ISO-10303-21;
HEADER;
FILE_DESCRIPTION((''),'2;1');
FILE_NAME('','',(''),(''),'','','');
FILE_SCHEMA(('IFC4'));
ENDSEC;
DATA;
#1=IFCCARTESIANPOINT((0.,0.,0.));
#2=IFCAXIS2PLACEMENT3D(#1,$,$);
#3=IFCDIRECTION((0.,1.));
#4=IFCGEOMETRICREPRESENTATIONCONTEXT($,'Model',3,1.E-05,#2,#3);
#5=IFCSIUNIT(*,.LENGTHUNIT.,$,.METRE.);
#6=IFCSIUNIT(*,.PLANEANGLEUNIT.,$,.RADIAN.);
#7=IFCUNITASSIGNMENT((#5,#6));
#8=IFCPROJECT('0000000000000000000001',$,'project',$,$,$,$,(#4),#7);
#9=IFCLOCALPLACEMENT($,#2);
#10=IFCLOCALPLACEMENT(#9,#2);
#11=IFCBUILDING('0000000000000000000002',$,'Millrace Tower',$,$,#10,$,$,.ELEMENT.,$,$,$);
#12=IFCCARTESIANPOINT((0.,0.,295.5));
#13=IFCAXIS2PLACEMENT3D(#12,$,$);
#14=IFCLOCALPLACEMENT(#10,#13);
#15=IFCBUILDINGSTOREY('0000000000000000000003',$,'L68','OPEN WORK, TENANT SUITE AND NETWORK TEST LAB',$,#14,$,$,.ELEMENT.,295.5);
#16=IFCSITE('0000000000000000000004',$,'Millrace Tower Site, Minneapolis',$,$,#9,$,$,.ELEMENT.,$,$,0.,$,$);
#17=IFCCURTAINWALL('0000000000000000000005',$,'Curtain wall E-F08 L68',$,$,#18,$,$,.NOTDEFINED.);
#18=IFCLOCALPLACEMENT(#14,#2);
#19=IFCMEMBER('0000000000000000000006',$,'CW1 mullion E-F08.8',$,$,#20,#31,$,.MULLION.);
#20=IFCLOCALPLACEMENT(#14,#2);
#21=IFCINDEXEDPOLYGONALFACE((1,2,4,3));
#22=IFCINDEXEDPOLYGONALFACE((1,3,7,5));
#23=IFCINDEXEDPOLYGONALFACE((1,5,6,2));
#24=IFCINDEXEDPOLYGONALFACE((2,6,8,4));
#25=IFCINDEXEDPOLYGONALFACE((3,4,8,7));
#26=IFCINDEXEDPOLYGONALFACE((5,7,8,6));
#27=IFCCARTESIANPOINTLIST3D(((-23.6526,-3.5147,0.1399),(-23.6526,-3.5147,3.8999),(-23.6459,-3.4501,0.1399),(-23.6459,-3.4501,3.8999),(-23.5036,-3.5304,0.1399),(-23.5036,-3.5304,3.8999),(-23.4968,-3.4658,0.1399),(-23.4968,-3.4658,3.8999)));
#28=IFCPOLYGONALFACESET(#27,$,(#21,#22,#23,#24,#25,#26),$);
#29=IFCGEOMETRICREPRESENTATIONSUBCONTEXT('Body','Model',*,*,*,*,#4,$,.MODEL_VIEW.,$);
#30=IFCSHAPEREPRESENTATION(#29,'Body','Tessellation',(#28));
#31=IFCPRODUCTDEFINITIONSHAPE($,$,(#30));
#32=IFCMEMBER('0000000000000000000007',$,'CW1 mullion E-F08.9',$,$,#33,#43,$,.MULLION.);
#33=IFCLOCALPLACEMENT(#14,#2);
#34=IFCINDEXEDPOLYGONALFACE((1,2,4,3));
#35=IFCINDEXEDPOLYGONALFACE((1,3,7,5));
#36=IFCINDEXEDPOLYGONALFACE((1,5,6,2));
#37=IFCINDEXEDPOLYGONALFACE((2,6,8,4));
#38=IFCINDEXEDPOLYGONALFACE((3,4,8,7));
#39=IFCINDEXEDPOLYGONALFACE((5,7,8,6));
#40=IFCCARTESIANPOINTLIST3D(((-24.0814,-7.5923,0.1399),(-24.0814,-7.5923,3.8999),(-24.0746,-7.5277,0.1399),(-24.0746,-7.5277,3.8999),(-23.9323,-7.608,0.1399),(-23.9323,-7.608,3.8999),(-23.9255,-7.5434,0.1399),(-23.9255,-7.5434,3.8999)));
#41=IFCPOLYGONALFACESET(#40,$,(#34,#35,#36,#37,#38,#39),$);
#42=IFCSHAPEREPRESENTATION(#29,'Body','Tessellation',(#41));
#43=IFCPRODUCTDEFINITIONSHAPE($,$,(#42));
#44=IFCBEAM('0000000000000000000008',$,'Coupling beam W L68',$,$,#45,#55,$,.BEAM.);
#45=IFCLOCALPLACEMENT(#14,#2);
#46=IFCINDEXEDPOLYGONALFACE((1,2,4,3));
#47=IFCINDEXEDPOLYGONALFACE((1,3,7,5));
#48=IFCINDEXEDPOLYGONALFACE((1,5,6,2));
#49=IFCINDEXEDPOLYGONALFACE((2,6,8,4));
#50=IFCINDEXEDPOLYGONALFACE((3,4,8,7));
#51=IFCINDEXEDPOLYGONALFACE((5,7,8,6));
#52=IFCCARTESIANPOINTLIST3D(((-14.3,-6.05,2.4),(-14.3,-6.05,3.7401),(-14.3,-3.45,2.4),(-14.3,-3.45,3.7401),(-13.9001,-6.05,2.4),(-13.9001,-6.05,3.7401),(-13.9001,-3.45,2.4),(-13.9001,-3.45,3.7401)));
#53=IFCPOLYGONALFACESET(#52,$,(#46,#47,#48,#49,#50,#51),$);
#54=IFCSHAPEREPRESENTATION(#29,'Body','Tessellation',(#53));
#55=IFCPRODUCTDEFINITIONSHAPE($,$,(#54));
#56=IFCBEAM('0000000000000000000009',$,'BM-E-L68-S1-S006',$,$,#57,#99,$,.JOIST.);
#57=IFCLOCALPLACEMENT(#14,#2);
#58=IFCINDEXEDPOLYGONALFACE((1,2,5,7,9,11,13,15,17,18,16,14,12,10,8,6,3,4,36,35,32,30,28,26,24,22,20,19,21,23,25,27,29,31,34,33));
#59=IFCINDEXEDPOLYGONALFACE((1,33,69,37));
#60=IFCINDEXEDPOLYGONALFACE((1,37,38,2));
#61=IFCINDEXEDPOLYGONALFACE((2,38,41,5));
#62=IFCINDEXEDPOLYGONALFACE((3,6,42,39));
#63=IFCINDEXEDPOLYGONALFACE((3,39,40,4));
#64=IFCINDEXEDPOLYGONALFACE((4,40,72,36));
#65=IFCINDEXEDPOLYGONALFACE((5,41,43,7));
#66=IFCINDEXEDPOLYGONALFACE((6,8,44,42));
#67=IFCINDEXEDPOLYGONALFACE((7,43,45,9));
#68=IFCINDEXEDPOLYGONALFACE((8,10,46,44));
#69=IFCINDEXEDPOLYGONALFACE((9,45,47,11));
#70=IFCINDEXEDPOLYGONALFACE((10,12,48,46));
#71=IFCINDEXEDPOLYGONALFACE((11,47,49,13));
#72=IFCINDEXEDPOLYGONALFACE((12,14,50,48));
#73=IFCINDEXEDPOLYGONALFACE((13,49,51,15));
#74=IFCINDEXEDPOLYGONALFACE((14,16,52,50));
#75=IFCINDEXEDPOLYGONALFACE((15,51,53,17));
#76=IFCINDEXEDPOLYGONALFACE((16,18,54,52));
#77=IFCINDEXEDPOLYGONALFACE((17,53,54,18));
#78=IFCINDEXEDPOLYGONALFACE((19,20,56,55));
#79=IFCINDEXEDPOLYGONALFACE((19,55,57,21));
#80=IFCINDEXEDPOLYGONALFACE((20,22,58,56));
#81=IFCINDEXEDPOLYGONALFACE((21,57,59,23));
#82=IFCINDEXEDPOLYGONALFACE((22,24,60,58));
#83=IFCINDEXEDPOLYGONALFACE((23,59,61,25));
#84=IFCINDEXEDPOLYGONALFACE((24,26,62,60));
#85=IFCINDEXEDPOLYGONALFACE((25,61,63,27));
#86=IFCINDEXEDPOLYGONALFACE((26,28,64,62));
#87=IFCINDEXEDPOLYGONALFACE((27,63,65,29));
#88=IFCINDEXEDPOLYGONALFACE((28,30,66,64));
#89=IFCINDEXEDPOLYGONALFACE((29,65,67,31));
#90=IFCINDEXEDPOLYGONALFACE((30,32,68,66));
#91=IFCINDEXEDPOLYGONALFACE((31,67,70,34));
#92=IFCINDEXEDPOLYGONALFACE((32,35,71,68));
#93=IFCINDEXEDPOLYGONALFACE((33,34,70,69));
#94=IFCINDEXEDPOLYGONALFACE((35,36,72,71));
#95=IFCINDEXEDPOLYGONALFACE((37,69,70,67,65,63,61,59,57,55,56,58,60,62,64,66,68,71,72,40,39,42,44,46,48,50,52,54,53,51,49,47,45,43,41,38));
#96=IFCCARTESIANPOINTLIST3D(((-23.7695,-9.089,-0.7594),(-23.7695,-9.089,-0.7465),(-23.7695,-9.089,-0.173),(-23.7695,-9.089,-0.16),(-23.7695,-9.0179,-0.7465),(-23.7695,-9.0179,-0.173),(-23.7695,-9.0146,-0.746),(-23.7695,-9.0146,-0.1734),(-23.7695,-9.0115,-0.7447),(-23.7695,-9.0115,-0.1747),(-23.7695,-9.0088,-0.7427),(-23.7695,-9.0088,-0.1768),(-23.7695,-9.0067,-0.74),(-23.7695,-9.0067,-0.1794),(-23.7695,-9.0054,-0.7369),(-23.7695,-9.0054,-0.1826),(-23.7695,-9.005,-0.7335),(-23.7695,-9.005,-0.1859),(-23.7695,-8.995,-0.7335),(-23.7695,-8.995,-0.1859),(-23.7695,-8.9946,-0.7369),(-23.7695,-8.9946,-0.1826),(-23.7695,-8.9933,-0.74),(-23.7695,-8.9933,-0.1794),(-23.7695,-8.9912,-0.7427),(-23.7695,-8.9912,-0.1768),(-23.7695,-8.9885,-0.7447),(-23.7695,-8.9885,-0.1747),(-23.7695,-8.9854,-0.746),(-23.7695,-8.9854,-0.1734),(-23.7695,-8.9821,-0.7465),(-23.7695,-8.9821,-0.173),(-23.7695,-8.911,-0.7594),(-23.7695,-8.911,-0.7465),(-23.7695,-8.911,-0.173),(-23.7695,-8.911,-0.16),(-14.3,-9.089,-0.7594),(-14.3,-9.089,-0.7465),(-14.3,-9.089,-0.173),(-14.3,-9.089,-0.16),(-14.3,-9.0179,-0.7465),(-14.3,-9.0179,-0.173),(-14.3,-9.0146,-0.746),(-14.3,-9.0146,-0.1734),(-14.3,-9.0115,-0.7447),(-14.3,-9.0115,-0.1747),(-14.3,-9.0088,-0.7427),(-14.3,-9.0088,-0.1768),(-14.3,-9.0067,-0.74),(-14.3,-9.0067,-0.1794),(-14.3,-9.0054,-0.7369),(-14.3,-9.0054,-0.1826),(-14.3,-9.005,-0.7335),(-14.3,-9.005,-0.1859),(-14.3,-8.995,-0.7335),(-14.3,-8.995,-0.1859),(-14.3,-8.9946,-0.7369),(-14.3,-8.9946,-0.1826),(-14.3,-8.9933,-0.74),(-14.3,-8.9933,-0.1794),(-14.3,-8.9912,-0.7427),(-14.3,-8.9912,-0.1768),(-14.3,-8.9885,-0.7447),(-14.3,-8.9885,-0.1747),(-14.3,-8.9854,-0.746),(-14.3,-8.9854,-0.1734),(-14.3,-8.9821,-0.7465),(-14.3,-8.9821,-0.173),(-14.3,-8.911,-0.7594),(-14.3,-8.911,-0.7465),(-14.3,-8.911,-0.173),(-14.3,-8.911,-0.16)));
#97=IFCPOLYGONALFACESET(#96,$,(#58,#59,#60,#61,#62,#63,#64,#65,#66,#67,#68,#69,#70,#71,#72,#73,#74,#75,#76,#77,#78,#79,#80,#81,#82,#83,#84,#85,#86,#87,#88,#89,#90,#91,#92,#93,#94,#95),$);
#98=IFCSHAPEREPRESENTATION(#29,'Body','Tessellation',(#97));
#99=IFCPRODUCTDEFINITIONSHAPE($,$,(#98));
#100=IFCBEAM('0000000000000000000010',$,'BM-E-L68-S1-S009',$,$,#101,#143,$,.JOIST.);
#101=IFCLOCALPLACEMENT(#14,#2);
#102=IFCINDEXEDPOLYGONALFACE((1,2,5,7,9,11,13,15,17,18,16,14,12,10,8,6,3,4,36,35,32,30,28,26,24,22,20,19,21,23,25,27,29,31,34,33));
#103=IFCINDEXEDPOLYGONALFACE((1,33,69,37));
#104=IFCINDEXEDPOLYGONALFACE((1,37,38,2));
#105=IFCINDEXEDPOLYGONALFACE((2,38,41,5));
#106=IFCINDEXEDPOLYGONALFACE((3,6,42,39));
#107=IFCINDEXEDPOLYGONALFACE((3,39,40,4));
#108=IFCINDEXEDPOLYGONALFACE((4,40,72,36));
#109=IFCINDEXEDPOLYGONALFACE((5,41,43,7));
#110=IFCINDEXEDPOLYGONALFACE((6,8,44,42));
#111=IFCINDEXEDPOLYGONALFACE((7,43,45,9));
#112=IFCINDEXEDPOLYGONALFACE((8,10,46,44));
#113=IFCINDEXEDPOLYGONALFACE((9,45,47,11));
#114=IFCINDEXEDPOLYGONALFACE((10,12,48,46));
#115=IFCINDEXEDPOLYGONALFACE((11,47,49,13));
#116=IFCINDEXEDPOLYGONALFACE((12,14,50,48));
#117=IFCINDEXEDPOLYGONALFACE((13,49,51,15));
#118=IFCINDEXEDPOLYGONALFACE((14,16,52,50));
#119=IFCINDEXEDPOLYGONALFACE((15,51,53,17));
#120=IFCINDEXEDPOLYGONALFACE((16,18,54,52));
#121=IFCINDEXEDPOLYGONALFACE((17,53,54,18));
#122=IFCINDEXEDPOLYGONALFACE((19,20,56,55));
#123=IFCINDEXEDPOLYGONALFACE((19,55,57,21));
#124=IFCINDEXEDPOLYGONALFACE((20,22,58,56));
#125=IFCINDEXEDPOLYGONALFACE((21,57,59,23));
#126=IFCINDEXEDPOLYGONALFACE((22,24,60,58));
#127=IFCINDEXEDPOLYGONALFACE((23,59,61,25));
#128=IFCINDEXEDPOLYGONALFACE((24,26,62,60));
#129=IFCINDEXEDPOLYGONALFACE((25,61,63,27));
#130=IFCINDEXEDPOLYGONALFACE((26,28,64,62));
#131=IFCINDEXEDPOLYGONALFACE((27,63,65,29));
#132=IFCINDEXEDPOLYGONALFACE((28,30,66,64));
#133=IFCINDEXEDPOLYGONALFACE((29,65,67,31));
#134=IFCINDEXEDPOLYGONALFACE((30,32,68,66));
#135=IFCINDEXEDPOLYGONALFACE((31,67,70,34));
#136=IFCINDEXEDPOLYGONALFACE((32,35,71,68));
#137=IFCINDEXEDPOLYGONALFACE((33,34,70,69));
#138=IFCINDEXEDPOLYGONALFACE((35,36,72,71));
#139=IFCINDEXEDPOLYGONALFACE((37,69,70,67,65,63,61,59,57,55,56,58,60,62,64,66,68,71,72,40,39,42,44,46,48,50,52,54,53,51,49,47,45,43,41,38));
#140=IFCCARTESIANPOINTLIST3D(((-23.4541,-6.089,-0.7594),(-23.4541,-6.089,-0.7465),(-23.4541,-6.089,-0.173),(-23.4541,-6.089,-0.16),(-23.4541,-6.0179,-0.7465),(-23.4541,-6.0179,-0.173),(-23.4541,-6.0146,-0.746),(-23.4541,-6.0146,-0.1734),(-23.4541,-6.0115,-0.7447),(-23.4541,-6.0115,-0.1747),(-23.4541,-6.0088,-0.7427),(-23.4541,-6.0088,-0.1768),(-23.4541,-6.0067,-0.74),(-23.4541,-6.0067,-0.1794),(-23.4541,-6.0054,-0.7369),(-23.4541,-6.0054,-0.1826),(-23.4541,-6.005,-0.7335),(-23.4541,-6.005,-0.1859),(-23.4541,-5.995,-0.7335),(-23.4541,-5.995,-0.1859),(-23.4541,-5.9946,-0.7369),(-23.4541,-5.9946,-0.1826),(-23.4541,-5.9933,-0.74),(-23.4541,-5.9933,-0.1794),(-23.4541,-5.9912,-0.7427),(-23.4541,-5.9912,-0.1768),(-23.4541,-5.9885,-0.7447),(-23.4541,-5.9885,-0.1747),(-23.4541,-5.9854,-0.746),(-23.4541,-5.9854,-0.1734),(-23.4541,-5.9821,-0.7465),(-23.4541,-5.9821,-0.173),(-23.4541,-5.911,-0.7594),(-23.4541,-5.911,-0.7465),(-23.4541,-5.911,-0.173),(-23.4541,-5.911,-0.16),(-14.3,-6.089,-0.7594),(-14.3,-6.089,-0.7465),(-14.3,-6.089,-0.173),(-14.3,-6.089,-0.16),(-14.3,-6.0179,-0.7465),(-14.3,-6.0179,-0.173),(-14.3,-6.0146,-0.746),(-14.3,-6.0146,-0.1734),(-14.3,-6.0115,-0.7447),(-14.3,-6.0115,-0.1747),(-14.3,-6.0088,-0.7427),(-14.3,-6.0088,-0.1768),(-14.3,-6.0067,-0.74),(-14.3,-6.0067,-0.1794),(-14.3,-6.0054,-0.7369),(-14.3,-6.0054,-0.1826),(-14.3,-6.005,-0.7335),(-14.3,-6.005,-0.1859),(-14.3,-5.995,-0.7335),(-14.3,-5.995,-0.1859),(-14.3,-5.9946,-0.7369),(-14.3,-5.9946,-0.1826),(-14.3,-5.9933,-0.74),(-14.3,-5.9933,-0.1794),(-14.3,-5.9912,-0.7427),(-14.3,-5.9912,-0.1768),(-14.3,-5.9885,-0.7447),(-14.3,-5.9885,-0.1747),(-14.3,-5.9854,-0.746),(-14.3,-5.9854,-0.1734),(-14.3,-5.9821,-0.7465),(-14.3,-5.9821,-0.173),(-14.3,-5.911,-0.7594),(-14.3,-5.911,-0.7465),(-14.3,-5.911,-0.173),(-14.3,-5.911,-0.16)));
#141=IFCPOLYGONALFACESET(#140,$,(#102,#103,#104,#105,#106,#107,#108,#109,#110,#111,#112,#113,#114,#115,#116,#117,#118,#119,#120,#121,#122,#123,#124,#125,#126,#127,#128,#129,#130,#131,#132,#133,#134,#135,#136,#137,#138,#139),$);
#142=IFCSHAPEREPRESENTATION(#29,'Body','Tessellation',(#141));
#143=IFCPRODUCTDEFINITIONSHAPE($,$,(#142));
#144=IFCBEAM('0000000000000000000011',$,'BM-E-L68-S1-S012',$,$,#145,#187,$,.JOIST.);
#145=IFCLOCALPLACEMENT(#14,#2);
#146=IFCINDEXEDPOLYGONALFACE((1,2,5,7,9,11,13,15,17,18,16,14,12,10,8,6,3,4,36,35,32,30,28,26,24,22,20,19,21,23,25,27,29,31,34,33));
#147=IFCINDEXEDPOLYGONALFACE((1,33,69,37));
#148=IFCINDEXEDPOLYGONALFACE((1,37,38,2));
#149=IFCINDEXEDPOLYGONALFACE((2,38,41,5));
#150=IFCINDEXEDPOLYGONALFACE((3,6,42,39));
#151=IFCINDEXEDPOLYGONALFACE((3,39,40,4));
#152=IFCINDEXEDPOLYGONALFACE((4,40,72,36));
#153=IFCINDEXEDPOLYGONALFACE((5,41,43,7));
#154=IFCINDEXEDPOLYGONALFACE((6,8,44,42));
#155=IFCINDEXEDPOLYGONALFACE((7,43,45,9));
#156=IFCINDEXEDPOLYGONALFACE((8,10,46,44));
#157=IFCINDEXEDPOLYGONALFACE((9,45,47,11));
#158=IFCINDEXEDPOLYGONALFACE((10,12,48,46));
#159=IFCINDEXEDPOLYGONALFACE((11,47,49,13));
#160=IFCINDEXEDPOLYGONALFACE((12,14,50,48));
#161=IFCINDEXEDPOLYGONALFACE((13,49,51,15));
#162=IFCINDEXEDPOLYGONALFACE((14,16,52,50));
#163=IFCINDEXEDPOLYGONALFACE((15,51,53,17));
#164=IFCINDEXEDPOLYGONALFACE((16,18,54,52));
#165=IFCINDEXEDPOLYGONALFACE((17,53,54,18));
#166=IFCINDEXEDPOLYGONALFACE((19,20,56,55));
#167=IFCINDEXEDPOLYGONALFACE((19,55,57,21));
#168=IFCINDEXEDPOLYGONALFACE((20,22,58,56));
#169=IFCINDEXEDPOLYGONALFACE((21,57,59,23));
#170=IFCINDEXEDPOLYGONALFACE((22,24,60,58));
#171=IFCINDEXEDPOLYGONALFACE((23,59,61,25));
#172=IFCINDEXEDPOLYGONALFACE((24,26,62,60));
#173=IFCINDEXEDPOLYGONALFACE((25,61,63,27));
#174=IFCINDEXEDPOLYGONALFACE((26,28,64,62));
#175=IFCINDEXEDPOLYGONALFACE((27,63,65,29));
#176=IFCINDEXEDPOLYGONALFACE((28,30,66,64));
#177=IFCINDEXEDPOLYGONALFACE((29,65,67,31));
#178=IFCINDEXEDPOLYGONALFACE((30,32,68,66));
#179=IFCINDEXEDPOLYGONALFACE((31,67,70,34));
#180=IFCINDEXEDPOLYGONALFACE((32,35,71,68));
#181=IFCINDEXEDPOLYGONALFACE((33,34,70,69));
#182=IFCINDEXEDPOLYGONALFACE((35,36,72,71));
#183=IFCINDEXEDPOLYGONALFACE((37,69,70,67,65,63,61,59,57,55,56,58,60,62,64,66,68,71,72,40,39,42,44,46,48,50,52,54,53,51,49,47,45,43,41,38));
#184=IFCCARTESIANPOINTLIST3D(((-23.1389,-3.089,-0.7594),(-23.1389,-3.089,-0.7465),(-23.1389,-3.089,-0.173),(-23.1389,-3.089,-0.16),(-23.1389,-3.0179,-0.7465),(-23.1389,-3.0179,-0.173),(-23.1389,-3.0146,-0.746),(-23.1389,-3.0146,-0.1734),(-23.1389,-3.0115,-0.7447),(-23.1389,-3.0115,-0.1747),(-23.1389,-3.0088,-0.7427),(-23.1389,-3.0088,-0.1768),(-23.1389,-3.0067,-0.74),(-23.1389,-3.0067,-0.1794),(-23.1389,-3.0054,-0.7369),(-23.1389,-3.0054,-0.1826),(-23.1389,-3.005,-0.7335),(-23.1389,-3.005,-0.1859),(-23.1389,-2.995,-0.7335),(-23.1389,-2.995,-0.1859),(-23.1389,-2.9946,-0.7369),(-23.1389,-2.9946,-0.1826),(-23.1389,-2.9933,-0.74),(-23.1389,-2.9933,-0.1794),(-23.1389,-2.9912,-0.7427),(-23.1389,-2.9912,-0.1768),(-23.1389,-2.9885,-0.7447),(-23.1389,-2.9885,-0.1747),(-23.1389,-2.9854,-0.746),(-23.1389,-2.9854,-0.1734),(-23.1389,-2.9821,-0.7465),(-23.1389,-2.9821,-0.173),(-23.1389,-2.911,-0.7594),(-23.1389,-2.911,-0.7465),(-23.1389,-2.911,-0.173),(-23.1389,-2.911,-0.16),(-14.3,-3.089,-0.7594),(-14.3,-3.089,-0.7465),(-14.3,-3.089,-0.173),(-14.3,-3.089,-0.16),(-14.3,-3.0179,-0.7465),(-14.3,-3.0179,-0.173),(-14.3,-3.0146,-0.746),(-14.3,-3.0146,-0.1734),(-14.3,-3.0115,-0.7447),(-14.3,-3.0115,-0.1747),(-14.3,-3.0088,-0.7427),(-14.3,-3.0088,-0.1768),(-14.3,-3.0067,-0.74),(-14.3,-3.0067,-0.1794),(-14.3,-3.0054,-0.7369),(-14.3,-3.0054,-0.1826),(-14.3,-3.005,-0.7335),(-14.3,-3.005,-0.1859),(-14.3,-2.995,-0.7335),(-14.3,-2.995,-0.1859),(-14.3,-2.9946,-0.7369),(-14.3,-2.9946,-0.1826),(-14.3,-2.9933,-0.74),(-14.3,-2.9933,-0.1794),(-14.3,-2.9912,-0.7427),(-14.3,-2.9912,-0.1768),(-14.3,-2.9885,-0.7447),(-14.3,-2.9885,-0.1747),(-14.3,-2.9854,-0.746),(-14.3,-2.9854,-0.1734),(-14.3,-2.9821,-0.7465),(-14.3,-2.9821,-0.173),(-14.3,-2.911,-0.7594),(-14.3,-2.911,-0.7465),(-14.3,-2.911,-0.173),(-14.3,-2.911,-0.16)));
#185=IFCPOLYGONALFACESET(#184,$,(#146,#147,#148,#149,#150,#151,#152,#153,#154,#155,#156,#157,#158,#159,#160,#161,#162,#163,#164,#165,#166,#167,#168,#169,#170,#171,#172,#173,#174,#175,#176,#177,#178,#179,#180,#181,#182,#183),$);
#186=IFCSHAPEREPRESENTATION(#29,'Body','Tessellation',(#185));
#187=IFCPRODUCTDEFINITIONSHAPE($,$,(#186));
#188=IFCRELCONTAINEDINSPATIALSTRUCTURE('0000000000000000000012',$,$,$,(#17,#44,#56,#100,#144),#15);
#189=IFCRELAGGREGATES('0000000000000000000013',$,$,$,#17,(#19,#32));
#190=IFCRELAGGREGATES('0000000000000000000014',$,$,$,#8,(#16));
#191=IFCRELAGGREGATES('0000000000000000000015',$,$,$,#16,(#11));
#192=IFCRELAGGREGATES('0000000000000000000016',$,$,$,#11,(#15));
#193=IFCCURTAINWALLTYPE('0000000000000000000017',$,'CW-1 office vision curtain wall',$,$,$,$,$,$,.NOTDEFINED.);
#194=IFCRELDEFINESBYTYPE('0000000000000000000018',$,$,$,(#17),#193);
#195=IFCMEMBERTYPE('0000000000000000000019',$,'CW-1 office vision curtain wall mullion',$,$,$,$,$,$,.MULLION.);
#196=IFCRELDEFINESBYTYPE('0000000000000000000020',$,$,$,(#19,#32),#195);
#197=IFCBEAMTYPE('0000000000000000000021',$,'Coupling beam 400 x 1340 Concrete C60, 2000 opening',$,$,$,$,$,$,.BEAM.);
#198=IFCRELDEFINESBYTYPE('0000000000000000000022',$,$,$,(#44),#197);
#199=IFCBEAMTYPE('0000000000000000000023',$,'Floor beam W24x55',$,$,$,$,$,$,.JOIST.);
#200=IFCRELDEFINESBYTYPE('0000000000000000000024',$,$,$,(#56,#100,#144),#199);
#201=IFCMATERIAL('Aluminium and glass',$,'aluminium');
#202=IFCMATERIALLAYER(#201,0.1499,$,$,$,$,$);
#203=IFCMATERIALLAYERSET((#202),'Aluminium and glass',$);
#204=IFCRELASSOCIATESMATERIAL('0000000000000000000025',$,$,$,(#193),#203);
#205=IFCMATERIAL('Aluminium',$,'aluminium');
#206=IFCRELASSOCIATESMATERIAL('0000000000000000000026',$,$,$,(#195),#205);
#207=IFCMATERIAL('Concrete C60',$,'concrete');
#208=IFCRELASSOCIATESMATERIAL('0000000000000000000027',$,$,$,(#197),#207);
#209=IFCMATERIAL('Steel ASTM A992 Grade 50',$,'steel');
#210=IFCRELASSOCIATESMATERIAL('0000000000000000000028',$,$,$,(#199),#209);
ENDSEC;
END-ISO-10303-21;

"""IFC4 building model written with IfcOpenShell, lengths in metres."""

from ifc_helpers import new_model, si_unit, direction, frame, origin, origin_2d, place, context, subcontext, project, spatial, rectangle, i_section, extrude, material, layer, layer_set, material_profile, profile_set, type_object, element, aggregate, save


model = new_model("IFC4")

# Units and contexts
model_context = context("Model", 3, precision=1e-05, world=origin(), true_north=direction((0.0, 1.0)))
body_context = subcontext(model_context, "Body", "Model", "MODEL_VIEW")
ifc_project = project(units=[si_unit("LENGTHUNIT", "METRE"), si_unit("PLANEANGLEUNIT", "RADIAN")], contexts=[model_context])

# Site, building, storey
site_placement = place(None, origin())
site = spatial("IfcSite", under=ifc_project, at=site_placement, Name="Millrace Tower Site, Minneapolis", CompositionType="ELEMENT", RefElevation=0.0)
building_placement = place(site_placement, origin())
building = spatial("IfcBuilding", under=site, at=building_placement, Name="Millrace Tower", CompositionType="ELEMENT")
storey_placement = place(building_placement, frame((0.0, 0.0, 295.5)))
storey = spatial("IfcBuildingStorey", under=building, at=storey_placement, Name="L68", Description="OPEN WORK, TENANT SUITE AND NETWORK TEST LAB", CompositionType="ELEMENT", Elevation=295.5)

# Curtain wall, members
ifc_material_1 = material(Name="Aluminium and glass", Category="aluminium")
ifc_layer_1 = layer(ifc_material_1, 0.1499)
ifc_layer_set_1 = layer_set([ifc_layer_1], Name="Aluminium and glass")
curtain_wall_type = type_object("IfcCurtainWallType", Name="CW-1 office vision curtain wall", PredefinedType="NOTDEFINED", material=ifc_layer_set_1)
curtain_wall_placement = place(storey_placement, origin())
curtain_wall = element("IfcCurtainWall", 1, at=curtain_wall_placement, inside=storey, type_object=curtain_wall_type, Name="Curtain wall E-F08 L68", PredefinedType="NOTDEFINED")
ifc_material_2 = material(Name="Aluminium", Category="aluminium")
ifc_material_profile_1 = material_profile(ifc_material_2, rectangle(XDim=0.0649, YDim=0.1499, at=origin_2d()))
ifc_profile_set_1 = profile_set([ifc_material_profile_1], Name="Aluminium")
member_type = type_object("IfcMemberType", Name="CW-1 office vision curtain wall mullion", PredefinedType="MULLION", material=ifc_profile_set_1)
member_1_placement = place(storey_placement, frame((-23.5747, -3.4902, 0.1399), z_axis=(0.0, 0.0, 1.0), x_axis=(-0.104528, -0.994522, 0.0)))
member_1 = element("IfcMember", 2, at=member_1_placement, type_object=member_type, Name="CW1 mullion E-F08.8", PredefinedType="MULLION", context=body_context, shape_type="SweptSolid", body=[
    extrude(rectangle(XDim=0.0649, YDim=0.1499, at=origin_2d()), origin(), (0.0, 0.0, 1.0), 3.76),
])
member_2_placement = place(storey_placement, frame((-24.0034, -7.5679, 0.1399), z_axis=(0.0, 0.0, 1.0), x_axis=(-0.104528, -0.994522, 0.0)))
member_2 = element("IfcMember", 3, at=member_2_placement, type_object=member_type, Name="CW1 mullion E-F08.9", PredefinedType="MULLION", context=body_context, shape_type="SweptSolid", body=[
    extrude(rectangle(XDim=0.0649, YDim=0.1499, at=origin_2d()), origin(), (0.0, 0.0, 1.0), 3.76),
])
aggregate(curtain_wall, [member_1, member_2])

# Beams
ifc_material_3 = material(Name="Concrete C60", Category="concrete")
ifc_material_profile_2 = material_profile(ifc_material_3, rectangle(XDim=0.3999, YDim=1.3401, at=origin_2d()))
ifc_profile_set_2 = profile_set([ifc_material_profile_2], Name="Concrete C60")
beam_type_1 = type_object("IfcBeamType", Name="Coupling beam 400 x 1340 Concrete C60, 2000 opening", PredefinedType="BEAM", material=ifc_profile_set_2)
beam_1_placement = place(storey_placement, frame((-14.1001, -6.05, 3.0701), z_axis=(0.0, 1.0, 0.0), x_axis=(-1.0, 0.0, 0.0)))
element("IfcBeam", 4, at=beam_1_placement, inside=storey, type_object=beam_type_1, Name="Coupling beam W L68", PredefinedType="BEAM", context=body_context, shape_type="SweptSolid", body=[
    extrude(rectangle(XDim=0.3999, YDim=1.3401, at=origin_2d()), origin(), (0.0, 0.0, 1.0), 2.6001),
])
ifc_material_4 = material(Name="Steel ASTM A992 Grade 50", Category="steel")
ifc_material_profile_3 = material_profile(ifc_material_4, i_section(OverallWidth=0.178, OverallDepth=0.5994, WebThickness=0.01, FlangeThickness=0.0129, FilletRadius=0.0129, at=origin_2d()))
ifc_profile_set_3 = profile_set([ifc_material_profile_3], Name="Steel ASTM A992 Grade 50")
beam_type_2 = type_object("IfcBeamType", Name="Floor beam W24x55", PredefinedType="JOIST", material=ifc_profile_set_3)
beam_2_placement = place(storey_placement, frame((-23.7695, -9.0, -0.4597), z_axis=(1.0, 0.0, 0.0), x_axis=(0.0, 1.0, 0.0)))
element("IfcBeam", 5, at=beam_2_placement, inside=storey, type_object=beam_type_2, Name="BM-E-L68-S1-S006", PredefinedType="JOIST", context=body_context, shape_type="SweptSolid", body=[
    extrude(i_section(OverallWidth=0.178, OverallDepth=0.5994, WebThickness=0.01, FlangeThickness=0.0129, FilletRadius=0.0129, at=origin_2d()), origin(), (0.0, 0.0, 1.0), 9.4695),
])
beam_3_placement = place(storey_placement, frame((-23.4541, -6.0, -0.4597), z_axis=(1.0, 0.0, 0.0), x_axis=(0.0, 1.0, 0.0)))
element("IfcBeam", 6, at=beam_3_placement, inside=storey, type_object=beam_type_2, Name="BM-E-L68-S1-S009", PredefinedType="JOIST", context=body_context, shape_type="SweptSolid", body=[
    extrude(i_section(OverallWidth=0.178, OverallDepth=0.5994, WebThickness=0.01, FlangeThickness=0.0129, FilletRadius=0.0129, at=origin_2d()), origin(), (0.0, 0.0, 1.0), 9.1541),
])
beam_4_placement = place(storey_placement, frame((-23.1389, -3.0, -0.4597), z_axis=(1.0, 0.0, 0.0), x_axis=(0.0, 1.0, 0.0)))
element("IfcBeam", 7, at=beam_4_placement, inside=storey, type_object=beam_type_2, Name="BM-E-L68-S1-S012", PredefinedType="JOIST", context=body_context, shape_type="SweptSolid", body=[
    extrude(i_section(OverallWidth=0.178, OverallDepth=0.5994, WebThickness=0.01, FlangeThickness=0.0129, FilletRadius=0.0129, at=origin_2d()), origin(), (0.0, 0.0, 1.0), 8.8389),
])

save(model, "model.ifc")
